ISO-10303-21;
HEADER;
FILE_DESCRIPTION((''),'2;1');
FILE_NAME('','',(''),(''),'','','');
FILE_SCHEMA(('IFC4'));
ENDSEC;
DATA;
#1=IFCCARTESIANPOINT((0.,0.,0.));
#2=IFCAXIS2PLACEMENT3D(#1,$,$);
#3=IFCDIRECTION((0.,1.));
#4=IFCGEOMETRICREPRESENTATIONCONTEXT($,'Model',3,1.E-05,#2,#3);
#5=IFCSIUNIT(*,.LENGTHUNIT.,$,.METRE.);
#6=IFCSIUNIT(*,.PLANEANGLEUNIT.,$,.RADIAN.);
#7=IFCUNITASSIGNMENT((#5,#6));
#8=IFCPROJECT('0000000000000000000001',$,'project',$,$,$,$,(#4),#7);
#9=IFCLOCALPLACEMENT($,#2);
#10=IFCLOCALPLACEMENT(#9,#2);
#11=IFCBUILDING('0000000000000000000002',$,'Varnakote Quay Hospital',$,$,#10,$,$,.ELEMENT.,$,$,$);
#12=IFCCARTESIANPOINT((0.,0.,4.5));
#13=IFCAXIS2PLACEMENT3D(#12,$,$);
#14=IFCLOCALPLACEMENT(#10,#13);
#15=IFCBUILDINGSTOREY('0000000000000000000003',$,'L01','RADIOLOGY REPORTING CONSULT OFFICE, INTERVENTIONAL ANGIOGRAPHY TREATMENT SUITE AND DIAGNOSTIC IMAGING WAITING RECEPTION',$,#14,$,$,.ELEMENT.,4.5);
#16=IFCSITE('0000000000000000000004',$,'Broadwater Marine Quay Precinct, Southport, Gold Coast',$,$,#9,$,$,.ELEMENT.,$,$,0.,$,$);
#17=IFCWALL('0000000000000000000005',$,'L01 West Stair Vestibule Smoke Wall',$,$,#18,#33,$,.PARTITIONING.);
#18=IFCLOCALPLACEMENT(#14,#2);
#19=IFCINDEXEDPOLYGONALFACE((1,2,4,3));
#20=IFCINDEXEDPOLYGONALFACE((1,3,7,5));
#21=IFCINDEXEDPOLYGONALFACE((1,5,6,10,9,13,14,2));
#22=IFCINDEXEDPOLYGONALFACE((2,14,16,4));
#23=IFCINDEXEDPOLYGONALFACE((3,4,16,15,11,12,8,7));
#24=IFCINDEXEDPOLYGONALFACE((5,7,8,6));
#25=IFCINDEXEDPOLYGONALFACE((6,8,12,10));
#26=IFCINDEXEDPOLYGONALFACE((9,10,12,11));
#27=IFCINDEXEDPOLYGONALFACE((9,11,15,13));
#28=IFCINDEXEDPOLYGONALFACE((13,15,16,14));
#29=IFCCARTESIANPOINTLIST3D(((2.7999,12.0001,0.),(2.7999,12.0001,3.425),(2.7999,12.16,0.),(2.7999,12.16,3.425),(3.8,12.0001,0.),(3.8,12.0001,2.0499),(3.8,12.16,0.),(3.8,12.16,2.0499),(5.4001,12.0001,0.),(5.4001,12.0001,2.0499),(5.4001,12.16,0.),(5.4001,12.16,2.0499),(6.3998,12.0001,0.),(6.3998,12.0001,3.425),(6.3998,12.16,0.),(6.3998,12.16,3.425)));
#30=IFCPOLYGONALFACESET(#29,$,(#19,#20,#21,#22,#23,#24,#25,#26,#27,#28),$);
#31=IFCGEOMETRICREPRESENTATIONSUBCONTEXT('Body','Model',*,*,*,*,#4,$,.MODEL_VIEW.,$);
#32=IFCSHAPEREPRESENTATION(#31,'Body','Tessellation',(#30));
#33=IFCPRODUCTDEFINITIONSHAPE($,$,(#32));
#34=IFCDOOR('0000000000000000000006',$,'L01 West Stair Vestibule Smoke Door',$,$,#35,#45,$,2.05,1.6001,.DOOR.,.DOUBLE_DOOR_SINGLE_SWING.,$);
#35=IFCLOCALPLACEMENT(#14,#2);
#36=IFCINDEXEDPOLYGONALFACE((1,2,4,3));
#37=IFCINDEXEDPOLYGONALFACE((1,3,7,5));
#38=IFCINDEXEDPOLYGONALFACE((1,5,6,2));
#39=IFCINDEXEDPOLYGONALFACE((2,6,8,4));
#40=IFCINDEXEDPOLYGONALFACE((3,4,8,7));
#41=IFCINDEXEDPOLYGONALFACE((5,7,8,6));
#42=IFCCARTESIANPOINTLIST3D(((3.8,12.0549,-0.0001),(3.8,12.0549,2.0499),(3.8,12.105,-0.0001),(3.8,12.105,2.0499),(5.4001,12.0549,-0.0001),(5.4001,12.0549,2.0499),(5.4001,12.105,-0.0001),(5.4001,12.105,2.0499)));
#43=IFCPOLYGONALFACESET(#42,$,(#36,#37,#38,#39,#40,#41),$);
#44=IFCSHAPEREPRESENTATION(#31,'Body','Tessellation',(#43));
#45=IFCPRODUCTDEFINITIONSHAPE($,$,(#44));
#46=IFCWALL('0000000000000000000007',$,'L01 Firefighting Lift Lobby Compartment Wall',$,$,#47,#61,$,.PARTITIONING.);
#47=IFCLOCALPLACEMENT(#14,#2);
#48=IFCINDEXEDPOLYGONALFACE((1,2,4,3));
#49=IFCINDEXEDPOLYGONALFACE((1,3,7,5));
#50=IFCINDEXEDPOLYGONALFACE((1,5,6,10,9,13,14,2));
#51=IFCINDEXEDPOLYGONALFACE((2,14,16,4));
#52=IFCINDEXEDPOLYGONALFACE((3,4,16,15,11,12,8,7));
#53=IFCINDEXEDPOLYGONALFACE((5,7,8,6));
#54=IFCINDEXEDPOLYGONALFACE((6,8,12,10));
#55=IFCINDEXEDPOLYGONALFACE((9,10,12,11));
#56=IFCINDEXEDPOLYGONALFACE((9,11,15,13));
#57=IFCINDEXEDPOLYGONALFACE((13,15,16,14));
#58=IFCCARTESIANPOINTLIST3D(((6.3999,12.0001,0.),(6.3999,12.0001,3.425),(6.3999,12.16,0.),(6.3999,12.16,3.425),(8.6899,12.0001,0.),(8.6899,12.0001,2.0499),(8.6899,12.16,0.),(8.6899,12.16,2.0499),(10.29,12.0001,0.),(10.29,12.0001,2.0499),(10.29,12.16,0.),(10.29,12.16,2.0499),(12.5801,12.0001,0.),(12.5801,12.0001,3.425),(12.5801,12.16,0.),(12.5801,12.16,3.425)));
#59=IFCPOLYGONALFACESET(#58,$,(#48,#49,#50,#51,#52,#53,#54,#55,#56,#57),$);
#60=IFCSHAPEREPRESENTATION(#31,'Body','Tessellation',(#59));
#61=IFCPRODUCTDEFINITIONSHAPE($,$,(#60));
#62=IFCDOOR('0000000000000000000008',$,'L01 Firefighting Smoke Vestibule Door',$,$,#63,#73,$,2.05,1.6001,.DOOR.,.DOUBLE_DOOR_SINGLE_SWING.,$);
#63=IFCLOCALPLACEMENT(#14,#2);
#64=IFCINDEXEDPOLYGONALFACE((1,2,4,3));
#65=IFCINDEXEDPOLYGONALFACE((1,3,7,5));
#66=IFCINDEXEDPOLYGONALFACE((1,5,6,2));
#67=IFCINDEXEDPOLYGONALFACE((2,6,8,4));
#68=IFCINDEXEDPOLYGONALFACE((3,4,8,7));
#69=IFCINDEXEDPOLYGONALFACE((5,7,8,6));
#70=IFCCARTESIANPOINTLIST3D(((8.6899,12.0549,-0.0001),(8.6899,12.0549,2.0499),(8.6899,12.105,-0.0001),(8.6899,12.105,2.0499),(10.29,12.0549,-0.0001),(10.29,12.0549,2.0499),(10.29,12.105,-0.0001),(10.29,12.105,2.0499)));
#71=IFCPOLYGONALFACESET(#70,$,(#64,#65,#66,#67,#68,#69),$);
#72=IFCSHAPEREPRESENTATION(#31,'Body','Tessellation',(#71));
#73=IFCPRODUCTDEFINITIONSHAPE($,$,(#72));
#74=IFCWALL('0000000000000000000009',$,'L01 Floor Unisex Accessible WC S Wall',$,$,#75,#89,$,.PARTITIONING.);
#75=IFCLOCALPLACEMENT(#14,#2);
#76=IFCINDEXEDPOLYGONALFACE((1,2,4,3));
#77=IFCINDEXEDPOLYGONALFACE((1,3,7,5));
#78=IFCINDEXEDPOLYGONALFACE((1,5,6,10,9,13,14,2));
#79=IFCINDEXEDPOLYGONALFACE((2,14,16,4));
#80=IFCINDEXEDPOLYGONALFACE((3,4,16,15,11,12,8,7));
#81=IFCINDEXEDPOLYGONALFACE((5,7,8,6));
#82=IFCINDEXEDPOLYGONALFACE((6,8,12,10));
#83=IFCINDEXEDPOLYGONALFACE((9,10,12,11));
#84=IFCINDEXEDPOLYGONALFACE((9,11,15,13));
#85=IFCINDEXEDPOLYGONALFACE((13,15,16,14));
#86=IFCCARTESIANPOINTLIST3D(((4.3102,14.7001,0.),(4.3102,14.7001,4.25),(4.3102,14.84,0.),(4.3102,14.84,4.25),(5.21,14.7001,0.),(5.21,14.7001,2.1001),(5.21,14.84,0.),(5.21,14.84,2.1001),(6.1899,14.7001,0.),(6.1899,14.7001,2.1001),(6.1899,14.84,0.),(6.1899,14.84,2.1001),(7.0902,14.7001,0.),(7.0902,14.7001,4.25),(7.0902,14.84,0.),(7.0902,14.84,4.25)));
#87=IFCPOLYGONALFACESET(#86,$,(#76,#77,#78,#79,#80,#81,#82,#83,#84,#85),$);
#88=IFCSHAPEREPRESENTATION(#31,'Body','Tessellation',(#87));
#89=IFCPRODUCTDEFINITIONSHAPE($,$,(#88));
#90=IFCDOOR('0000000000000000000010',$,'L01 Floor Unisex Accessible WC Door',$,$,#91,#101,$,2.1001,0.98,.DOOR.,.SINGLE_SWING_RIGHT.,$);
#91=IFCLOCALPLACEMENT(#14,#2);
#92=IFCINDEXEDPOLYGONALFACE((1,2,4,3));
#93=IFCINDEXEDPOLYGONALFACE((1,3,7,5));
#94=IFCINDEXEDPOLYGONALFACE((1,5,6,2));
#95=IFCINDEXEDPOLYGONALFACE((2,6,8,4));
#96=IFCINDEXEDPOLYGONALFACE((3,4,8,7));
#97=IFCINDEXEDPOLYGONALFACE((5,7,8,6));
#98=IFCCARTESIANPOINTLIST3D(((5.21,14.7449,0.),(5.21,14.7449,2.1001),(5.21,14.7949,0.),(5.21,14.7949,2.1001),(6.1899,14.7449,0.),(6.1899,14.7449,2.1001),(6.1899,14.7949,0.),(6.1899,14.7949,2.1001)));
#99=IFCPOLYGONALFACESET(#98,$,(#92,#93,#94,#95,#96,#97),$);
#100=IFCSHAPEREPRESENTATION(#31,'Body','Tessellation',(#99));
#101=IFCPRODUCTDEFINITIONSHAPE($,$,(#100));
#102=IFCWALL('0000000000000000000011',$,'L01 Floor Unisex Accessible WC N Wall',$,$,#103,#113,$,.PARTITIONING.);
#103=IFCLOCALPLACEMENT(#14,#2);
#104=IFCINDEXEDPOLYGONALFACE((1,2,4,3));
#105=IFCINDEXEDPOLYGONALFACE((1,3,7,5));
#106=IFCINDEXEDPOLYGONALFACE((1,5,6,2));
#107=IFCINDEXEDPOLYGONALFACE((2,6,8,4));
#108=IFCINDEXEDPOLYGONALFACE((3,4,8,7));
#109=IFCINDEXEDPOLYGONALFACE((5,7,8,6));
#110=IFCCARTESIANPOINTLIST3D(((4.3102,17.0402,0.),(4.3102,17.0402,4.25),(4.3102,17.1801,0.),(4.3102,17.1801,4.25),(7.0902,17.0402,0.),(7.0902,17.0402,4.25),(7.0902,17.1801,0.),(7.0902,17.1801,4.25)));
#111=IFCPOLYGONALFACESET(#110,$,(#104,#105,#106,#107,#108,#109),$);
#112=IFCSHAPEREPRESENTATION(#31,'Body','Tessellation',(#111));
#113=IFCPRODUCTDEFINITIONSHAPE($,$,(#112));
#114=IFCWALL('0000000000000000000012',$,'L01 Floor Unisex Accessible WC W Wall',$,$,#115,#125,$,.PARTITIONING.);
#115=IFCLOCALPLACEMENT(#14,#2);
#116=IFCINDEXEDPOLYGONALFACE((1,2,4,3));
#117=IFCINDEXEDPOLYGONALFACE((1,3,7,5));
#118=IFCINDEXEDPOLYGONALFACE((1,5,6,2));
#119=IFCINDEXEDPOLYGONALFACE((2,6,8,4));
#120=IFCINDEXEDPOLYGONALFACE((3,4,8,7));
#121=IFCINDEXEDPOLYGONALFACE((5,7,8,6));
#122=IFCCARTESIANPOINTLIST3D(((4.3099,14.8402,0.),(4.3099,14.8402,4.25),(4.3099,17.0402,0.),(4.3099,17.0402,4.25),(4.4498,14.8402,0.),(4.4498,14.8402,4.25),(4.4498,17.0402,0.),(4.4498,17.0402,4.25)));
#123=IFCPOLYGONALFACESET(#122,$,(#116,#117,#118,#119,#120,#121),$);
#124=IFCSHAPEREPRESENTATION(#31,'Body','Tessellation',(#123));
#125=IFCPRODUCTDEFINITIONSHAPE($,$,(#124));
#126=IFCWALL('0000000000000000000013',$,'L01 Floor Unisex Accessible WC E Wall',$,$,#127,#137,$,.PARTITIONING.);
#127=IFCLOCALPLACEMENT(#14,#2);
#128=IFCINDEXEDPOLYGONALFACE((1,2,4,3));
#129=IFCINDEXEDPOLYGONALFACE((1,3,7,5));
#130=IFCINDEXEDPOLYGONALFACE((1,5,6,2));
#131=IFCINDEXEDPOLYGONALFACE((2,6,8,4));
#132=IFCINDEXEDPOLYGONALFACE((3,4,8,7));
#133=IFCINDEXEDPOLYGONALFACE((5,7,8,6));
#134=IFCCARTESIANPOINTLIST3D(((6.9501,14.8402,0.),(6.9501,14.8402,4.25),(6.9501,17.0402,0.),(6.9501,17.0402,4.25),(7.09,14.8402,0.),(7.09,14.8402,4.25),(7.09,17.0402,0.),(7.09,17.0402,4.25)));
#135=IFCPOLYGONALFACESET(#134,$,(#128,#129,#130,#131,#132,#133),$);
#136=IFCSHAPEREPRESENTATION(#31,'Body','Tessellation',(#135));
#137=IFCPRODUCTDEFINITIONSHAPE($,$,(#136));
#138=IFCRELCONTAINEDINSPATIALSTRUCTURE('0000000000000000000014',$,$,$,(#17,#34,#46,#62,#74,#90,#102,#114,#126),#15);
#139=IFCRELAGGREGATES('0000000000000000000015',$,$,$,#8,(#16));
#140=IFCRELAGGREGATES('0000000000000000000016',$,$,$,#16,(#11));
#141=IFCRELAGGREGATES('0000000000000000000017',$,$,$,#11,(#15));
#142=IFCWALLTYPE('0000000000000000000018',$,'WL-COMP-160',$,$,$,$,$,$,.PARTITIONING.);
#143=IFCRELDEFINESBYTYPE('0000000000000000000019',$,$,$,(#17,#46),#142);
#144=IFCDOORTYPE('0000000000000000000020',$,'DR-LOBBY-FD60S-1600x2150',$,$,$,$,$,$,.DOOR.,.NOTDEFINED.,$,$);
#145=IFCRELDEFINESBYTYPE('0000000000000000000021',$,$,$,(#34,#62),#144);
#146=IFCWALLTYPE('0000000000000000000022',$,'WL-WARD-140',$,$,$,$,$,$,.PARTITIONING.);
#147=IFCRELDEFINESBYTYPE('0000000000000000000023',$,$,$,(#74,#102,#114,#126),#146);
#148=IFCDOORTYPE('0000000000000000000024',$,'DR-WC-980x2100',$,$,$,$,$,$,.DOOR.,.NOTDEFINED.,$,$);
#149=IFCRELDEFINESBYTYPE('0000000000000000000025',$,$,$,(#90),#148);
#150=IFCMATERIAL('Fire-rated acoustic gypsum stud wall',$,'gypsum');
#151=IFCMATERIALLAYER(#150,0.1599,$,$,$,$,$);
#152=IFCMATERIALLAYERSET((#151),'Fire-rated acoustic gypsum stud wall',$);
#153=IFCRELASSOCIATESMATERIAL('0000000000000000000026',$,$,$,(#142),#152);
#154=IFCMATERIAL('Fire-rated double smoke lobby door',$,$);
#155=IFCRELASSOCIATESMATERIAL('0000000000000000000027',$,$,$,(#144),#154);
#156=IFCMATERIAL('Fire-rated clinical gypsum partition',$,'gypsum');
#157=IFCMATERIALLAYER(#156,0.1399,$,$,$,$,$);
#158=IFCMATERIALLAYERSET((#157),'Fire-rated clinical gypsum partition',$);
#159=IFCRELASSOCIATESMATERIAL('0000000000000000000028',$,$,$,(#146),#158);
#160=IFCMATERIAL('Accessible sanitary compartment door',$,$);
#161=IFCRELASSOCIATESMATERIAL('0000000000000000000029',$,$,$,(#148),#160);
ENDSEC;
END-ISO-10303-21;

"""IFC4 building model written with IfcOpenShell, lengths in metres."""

from ifc_helpers import new_model, si_unit, direction, frame, frame_2d, origin, place, context, subcontext, project, spatial, rectangle, extrude, material, layer, layer_set, type_object, element, fill, save


model = new_model("IFC4")

# Units and contexts
model_context = context("Model", 3, precision=1e-05, world=origin(), true_north=direction((0.0, 1.0)))
body_context = subcontext(model_context, "Body", "Model", "MODEL_VIEW")
ifc_project = project(units=[si_unit("LENGTHUNIT", "METRE"), si_unit("PLANEANGLEUNIT", "RADIAN")], contexts=[model_context])

# Site, building, storey
site_placement = place(None, origin())
site = spatial("IfcSite", under=ifc_project, at=site_placement, Name="Broadwater Marine Quay Precinct, Southport, Gold Coast", CompositionType="ELEMENT", RefElevation=0.0)
building_placement = place(site_placement, origin())
building = spatial("IfcBuilding", under=site, at=building_placement, Name="Varnakote Quay Hospital", CompositionType="ELEMENT")
storey_placement = place(building_placement, frame((0.0, 0.0, 4.5)))
storey = spatial("IfcBuildingStorey", under=building, at=storey_placement, Name="L01", Description="RADIOLOGY REPORTING CONSULT OFFICE, INTERVENTIONAL ANGIOGRAPHY TREATMENT SUITE AND DIAGNOSTIC IMAGING WAITING RECEPTION", CompositionType="ELEMENT", Elevation=4.5)

# Walls, openings, doors
ifc_material_1 = material(Name="Fire-rated acoustic gypsum stud wall", Category="gypsum")
ifc_layer_1 = layer(ifc_material_1, 0.1599)
ifc_layer_set_1 = layer_set([ifc_layer_1], Name="Fire-rated acoustic gypsum stud wall")
wall_type_1 = type_object("IfcWallType", Name="WL-COMP-160", PredefinedType="PARTITIONING", material=ifc_layer_set_1)
wall_1_placement = place(storey_placement, frame((2.8, 12.0801, 0.0), z_axis=(0.0, 0.0, 1.0), x_axis=(1.0, 0.0, 0.0)))
wall_1 = element("IfcWall", 1, at=wall_1_placement, inside=storey, type_object=wall_type_1, Name="L01 West Stair Vestibule Smoke Wall", PredefinedType="PARTITIONING", context=body_context, shape_type="SweptSolid", body=[
    extrude(rectangle(XDim=3.5999, YDim=0.1599, at=frame_2d((1.7998, 0.0))), origin(), (0.0, 0.0, 1.0), 3.425),
])
opening_1_placement = place(wall_1_placement, frame((1.0, 0.0, 0.0)))
opening_1 = element("IfcOpeningElement", 2, at=opening_1_placement, cuts=wall_1, PredefinedType="OPENING", context=body_context, shape_type="SweptSolid", body=[
    extrude(rectangle(XDim=1.6001, YDim=2.05, at=frame_2d((0.8, 1.0249))), frame((0.0, 0.0898, 0.0), z_axis=(0.0, -1.0, 0.0), x_axis=(1.0, 0.0, 0.0)), (0.0, 0.0, 1.0), 0.1799),
])
ifc_material_2 = material(Name="Fire-rated double smoke lobby door")
door_type_1 = type_object("IfcDoorType", Name="DR-LOBBY-FD60S-1600x2150", OperationType="NOTDEFINED", PredefinedType="DOOR", material=ifc_material_2)
door_1_placement = place(opening_1_placement, origin())
door_1 = element("IfcDoor", 3, at=door_1_placement, inside=storey, type_object=door_type_1, Name="L01 West Stair Vestibule Smoke Door", OperationType="DOUBLE_DOOR_SINGLE_SWING", OverallHeight=2.05, OverallWidth=1.6001, PredefinedType="DOOR", context=body_context, shape_type="SweptSolid", body=[
    extrude(rectangle(XDim=1.6001, YDim=2.05, at=frame_2d((0.8, 1.0249))), frame((0.0, 0.0249, 0.0), z_axis=(0.0, -1.0, 0.0), x_axis=(1.0, 0.0, 0.0)), (0.0, 0.0, 1.0), 0.05),
])
fill(opening_1, door_1)
wall_2_placement = place(storey_placement, frame((6.3999, 12.0801, 0.0), z_axis=(0.0, 0.0, 1.0), x_axis=(1.0, 0.0, 0.0)))
wall_2 = element("IfcWall", 4, at=wall_2_placement, inside=storey, type_object=wall_type_1, Name="L01 Firefighting Lift Lobby Compartment Wall", PredefinedType="PARTITIONING", context=body_context, shape_type="SweptSolid", body=[
    extrude(rectangle(XDim=6.1802, YDim=0.1599, at=frame_2d((3.0901, 0.0))), origin(), (0.0, 0.0, 1.0), 3.425),
])
opening_2_placement = place(wall_2_placement, frame((2.29, 0.0, 0.0)))
opening_2 = element("IfcOpeningElement", 5, at=opening_2_placement, cuts=wall_2, PredefinedType="OPENING", context=body_context, shape_type="SweptSolid", body=[
    extrude(rectangle(XDim=1.6001, YDim=2.05, at=frame_2d((0.8, 1.0249))), frame((0.0, 0.0898, 0.0), z_axis=(0.0, -1.0, 0.0), x_axis=(1.0, 0.0, 0.0)), (0.0, 0.0, 1.0), 0.1799),
])
door_2_placement = place(opening_2_placement, origin())
door_2 = element("IfcDoor", 6, at=door_2_placement, inside=storey, type_object=door_type_1, Name="L01 Firefighting Smoke Vestibule Door", OperationType="DOUBLE_DOOR_SINGLE_SWING", OverallHeight=2.05, OverallWidth=1.6001, PredefinedType="DOOR", context=body_context, shape_type="SweptSolid", body=[
    extrude(rectangle(XDim=1.6001, YDim=2.05, at=frame_2d((0.8, 1.0249))), frame((0.0, 0.0249, 0.0), z_axis=(0.0, -1.0, 0.0), x_axis=(1.0, 0.0, 0.0)), (0.0, 0.0, 1.0), 0.05),
])
fill(opening_2, door_2)
ifc_material_3 = material(Name="Fire-rated clinical gypsum partition", Category="gypsum")
ifc_layer_2 = layer(ifc_material_3, 0.1399)
ifc_layer_set_2 = layer_set([ifc_layer_2], Name="Fire-rated clinical gypsum partition")
wall_type_2 = type_object("IfcWallType", Name="WL-WARD-140", PredefinedType="PARTITIONING", material=ifc_layer_set_2)
wall_3_placement = place(storey_placement, frame((4.3101, 14.77, 0.0), z_axis=(0.0, 0.0, 1.0), x_axis=(1.0, 0.0, 0.0)))
wall_3 = element("IfcWall", 7, at=wall_3_placement, inside=storey, type_object=wall_type_2, Name="L01 Floor Unisex Accessible WC S Wall", PredefinedType="PARTITIONING", context=body_context, shape_type="SweptSolid", body=[
    extrude(rectangle(XDim=2.78, YDim=0.1399, at=frame_2d((1.3901, 0.0))), origin(), (0.0, 0.0, 1.0), 4.25),
])
opening_3_placement = place(wall_3_placement, frame((0.8999, 0.0, 0.0)))
opening_3 = element("IfcOpeningElement", 8, at=opening_3_placement, cuts=wall_3, PredefinedType="OPENING", context=body_context, shape_type="SweptSolid", body=[
    extrude(rectangle(XDim=0.98, YDim=2.1001, at=frame_2d((0.49, 1.05))), frame((0.0, 0.0798, 0.0), z_axis=(0.0, -1.0, 0.0), x_axis=(1.0, 0.0, 0.0)), (0.0, 0.0, 1.0), 0.1599),
])
ifc_material_4 = material(Name="Accessible sanitary compartment door")
door_type_2 = type_object("IfcDoorType", Name="DR-WC-980x2100", OperationType="NOTDEFINED", PredefinedType="DOOR", material=ifc_material_4)
door_3_placement = place(opening_3_placement, origin())
door_3 = element("IfcDoor", 9, at=door_3_placement, inside=storey, type_object=door_type_2, Name="L01 Floor Unisex Accessible WC Door", OperationType="SINGLE_SWING_RIGHT", OverallHeight=2.1001, OverallWidth=0.98, PredefinedType="DOOR", context=body_context, shape_type="SweptSolid", body=[
    extrude(rectangle(XDim=0.98, YDim=2.1001, at=frame_2d((0.49, 1.05))), frame((0.0, 0.0249, 0.0), z_axis=(0.0, -1.0, 0.0), x_axis=(1.0, 0.0, 0.0)), (0.0, 0.0, 1.0), 0.05),
])
fill(opening_3, door_3)

# Walls
wall_4_placement = place(storey_placement, frame((4.3101, 17.1101, 0.0), z_axis=(0.0, 0.0, 1.0), x_axis=(1.0, 0.0, 0.0)))
element("IfcWall", 10, at=wall_4_placement, inside=storey, type_object=wall_type_2, Name="L01 Floor Unisex Accessible WC N Wall", PredefinedType="PARTITIONING", context=body_context, shape_type="SweptSolid", body=[
    extrude(rectangle(XDim=2.78, YDim=0.1399, at=frame_2d((1.3901, 0.0))), origin(), (0.0, 0.0, 1.0), 4.25),
])
for number, where, z_axis, x_axis, name in (
    (11, (4.3799, 14.8401, 0.0), (0.0, 0.0, 1.0), (0.0, 1.0, 0.0), "L01 Floor Unisex Accessible WC W Wall"),
    (12, (7.02, 14.8401, 0.0), (0.0, 0.0, 1.0), (0.0, 1.0, 0.0), "L01 Floor Unisex Accessible WC E Wall"),
):
    element("IfcWall", number, at=place(storey_placement, frame(where, z_axis=z_axis, x_axis=x_axis)), inside=storey, type_object=wall_type_2, Name=name, PredefinedType="PARTITIONING", context=body_context, shape_type="SweptSolid", body=[
        extrude(rectangle(XDim=2.2, YDim=0.1399, at=frame_2d((1.1001, 0.0))), origin(), (0.0, 0.0, 1.0), 4.25),
    ])

save(model, "model.ifc")
